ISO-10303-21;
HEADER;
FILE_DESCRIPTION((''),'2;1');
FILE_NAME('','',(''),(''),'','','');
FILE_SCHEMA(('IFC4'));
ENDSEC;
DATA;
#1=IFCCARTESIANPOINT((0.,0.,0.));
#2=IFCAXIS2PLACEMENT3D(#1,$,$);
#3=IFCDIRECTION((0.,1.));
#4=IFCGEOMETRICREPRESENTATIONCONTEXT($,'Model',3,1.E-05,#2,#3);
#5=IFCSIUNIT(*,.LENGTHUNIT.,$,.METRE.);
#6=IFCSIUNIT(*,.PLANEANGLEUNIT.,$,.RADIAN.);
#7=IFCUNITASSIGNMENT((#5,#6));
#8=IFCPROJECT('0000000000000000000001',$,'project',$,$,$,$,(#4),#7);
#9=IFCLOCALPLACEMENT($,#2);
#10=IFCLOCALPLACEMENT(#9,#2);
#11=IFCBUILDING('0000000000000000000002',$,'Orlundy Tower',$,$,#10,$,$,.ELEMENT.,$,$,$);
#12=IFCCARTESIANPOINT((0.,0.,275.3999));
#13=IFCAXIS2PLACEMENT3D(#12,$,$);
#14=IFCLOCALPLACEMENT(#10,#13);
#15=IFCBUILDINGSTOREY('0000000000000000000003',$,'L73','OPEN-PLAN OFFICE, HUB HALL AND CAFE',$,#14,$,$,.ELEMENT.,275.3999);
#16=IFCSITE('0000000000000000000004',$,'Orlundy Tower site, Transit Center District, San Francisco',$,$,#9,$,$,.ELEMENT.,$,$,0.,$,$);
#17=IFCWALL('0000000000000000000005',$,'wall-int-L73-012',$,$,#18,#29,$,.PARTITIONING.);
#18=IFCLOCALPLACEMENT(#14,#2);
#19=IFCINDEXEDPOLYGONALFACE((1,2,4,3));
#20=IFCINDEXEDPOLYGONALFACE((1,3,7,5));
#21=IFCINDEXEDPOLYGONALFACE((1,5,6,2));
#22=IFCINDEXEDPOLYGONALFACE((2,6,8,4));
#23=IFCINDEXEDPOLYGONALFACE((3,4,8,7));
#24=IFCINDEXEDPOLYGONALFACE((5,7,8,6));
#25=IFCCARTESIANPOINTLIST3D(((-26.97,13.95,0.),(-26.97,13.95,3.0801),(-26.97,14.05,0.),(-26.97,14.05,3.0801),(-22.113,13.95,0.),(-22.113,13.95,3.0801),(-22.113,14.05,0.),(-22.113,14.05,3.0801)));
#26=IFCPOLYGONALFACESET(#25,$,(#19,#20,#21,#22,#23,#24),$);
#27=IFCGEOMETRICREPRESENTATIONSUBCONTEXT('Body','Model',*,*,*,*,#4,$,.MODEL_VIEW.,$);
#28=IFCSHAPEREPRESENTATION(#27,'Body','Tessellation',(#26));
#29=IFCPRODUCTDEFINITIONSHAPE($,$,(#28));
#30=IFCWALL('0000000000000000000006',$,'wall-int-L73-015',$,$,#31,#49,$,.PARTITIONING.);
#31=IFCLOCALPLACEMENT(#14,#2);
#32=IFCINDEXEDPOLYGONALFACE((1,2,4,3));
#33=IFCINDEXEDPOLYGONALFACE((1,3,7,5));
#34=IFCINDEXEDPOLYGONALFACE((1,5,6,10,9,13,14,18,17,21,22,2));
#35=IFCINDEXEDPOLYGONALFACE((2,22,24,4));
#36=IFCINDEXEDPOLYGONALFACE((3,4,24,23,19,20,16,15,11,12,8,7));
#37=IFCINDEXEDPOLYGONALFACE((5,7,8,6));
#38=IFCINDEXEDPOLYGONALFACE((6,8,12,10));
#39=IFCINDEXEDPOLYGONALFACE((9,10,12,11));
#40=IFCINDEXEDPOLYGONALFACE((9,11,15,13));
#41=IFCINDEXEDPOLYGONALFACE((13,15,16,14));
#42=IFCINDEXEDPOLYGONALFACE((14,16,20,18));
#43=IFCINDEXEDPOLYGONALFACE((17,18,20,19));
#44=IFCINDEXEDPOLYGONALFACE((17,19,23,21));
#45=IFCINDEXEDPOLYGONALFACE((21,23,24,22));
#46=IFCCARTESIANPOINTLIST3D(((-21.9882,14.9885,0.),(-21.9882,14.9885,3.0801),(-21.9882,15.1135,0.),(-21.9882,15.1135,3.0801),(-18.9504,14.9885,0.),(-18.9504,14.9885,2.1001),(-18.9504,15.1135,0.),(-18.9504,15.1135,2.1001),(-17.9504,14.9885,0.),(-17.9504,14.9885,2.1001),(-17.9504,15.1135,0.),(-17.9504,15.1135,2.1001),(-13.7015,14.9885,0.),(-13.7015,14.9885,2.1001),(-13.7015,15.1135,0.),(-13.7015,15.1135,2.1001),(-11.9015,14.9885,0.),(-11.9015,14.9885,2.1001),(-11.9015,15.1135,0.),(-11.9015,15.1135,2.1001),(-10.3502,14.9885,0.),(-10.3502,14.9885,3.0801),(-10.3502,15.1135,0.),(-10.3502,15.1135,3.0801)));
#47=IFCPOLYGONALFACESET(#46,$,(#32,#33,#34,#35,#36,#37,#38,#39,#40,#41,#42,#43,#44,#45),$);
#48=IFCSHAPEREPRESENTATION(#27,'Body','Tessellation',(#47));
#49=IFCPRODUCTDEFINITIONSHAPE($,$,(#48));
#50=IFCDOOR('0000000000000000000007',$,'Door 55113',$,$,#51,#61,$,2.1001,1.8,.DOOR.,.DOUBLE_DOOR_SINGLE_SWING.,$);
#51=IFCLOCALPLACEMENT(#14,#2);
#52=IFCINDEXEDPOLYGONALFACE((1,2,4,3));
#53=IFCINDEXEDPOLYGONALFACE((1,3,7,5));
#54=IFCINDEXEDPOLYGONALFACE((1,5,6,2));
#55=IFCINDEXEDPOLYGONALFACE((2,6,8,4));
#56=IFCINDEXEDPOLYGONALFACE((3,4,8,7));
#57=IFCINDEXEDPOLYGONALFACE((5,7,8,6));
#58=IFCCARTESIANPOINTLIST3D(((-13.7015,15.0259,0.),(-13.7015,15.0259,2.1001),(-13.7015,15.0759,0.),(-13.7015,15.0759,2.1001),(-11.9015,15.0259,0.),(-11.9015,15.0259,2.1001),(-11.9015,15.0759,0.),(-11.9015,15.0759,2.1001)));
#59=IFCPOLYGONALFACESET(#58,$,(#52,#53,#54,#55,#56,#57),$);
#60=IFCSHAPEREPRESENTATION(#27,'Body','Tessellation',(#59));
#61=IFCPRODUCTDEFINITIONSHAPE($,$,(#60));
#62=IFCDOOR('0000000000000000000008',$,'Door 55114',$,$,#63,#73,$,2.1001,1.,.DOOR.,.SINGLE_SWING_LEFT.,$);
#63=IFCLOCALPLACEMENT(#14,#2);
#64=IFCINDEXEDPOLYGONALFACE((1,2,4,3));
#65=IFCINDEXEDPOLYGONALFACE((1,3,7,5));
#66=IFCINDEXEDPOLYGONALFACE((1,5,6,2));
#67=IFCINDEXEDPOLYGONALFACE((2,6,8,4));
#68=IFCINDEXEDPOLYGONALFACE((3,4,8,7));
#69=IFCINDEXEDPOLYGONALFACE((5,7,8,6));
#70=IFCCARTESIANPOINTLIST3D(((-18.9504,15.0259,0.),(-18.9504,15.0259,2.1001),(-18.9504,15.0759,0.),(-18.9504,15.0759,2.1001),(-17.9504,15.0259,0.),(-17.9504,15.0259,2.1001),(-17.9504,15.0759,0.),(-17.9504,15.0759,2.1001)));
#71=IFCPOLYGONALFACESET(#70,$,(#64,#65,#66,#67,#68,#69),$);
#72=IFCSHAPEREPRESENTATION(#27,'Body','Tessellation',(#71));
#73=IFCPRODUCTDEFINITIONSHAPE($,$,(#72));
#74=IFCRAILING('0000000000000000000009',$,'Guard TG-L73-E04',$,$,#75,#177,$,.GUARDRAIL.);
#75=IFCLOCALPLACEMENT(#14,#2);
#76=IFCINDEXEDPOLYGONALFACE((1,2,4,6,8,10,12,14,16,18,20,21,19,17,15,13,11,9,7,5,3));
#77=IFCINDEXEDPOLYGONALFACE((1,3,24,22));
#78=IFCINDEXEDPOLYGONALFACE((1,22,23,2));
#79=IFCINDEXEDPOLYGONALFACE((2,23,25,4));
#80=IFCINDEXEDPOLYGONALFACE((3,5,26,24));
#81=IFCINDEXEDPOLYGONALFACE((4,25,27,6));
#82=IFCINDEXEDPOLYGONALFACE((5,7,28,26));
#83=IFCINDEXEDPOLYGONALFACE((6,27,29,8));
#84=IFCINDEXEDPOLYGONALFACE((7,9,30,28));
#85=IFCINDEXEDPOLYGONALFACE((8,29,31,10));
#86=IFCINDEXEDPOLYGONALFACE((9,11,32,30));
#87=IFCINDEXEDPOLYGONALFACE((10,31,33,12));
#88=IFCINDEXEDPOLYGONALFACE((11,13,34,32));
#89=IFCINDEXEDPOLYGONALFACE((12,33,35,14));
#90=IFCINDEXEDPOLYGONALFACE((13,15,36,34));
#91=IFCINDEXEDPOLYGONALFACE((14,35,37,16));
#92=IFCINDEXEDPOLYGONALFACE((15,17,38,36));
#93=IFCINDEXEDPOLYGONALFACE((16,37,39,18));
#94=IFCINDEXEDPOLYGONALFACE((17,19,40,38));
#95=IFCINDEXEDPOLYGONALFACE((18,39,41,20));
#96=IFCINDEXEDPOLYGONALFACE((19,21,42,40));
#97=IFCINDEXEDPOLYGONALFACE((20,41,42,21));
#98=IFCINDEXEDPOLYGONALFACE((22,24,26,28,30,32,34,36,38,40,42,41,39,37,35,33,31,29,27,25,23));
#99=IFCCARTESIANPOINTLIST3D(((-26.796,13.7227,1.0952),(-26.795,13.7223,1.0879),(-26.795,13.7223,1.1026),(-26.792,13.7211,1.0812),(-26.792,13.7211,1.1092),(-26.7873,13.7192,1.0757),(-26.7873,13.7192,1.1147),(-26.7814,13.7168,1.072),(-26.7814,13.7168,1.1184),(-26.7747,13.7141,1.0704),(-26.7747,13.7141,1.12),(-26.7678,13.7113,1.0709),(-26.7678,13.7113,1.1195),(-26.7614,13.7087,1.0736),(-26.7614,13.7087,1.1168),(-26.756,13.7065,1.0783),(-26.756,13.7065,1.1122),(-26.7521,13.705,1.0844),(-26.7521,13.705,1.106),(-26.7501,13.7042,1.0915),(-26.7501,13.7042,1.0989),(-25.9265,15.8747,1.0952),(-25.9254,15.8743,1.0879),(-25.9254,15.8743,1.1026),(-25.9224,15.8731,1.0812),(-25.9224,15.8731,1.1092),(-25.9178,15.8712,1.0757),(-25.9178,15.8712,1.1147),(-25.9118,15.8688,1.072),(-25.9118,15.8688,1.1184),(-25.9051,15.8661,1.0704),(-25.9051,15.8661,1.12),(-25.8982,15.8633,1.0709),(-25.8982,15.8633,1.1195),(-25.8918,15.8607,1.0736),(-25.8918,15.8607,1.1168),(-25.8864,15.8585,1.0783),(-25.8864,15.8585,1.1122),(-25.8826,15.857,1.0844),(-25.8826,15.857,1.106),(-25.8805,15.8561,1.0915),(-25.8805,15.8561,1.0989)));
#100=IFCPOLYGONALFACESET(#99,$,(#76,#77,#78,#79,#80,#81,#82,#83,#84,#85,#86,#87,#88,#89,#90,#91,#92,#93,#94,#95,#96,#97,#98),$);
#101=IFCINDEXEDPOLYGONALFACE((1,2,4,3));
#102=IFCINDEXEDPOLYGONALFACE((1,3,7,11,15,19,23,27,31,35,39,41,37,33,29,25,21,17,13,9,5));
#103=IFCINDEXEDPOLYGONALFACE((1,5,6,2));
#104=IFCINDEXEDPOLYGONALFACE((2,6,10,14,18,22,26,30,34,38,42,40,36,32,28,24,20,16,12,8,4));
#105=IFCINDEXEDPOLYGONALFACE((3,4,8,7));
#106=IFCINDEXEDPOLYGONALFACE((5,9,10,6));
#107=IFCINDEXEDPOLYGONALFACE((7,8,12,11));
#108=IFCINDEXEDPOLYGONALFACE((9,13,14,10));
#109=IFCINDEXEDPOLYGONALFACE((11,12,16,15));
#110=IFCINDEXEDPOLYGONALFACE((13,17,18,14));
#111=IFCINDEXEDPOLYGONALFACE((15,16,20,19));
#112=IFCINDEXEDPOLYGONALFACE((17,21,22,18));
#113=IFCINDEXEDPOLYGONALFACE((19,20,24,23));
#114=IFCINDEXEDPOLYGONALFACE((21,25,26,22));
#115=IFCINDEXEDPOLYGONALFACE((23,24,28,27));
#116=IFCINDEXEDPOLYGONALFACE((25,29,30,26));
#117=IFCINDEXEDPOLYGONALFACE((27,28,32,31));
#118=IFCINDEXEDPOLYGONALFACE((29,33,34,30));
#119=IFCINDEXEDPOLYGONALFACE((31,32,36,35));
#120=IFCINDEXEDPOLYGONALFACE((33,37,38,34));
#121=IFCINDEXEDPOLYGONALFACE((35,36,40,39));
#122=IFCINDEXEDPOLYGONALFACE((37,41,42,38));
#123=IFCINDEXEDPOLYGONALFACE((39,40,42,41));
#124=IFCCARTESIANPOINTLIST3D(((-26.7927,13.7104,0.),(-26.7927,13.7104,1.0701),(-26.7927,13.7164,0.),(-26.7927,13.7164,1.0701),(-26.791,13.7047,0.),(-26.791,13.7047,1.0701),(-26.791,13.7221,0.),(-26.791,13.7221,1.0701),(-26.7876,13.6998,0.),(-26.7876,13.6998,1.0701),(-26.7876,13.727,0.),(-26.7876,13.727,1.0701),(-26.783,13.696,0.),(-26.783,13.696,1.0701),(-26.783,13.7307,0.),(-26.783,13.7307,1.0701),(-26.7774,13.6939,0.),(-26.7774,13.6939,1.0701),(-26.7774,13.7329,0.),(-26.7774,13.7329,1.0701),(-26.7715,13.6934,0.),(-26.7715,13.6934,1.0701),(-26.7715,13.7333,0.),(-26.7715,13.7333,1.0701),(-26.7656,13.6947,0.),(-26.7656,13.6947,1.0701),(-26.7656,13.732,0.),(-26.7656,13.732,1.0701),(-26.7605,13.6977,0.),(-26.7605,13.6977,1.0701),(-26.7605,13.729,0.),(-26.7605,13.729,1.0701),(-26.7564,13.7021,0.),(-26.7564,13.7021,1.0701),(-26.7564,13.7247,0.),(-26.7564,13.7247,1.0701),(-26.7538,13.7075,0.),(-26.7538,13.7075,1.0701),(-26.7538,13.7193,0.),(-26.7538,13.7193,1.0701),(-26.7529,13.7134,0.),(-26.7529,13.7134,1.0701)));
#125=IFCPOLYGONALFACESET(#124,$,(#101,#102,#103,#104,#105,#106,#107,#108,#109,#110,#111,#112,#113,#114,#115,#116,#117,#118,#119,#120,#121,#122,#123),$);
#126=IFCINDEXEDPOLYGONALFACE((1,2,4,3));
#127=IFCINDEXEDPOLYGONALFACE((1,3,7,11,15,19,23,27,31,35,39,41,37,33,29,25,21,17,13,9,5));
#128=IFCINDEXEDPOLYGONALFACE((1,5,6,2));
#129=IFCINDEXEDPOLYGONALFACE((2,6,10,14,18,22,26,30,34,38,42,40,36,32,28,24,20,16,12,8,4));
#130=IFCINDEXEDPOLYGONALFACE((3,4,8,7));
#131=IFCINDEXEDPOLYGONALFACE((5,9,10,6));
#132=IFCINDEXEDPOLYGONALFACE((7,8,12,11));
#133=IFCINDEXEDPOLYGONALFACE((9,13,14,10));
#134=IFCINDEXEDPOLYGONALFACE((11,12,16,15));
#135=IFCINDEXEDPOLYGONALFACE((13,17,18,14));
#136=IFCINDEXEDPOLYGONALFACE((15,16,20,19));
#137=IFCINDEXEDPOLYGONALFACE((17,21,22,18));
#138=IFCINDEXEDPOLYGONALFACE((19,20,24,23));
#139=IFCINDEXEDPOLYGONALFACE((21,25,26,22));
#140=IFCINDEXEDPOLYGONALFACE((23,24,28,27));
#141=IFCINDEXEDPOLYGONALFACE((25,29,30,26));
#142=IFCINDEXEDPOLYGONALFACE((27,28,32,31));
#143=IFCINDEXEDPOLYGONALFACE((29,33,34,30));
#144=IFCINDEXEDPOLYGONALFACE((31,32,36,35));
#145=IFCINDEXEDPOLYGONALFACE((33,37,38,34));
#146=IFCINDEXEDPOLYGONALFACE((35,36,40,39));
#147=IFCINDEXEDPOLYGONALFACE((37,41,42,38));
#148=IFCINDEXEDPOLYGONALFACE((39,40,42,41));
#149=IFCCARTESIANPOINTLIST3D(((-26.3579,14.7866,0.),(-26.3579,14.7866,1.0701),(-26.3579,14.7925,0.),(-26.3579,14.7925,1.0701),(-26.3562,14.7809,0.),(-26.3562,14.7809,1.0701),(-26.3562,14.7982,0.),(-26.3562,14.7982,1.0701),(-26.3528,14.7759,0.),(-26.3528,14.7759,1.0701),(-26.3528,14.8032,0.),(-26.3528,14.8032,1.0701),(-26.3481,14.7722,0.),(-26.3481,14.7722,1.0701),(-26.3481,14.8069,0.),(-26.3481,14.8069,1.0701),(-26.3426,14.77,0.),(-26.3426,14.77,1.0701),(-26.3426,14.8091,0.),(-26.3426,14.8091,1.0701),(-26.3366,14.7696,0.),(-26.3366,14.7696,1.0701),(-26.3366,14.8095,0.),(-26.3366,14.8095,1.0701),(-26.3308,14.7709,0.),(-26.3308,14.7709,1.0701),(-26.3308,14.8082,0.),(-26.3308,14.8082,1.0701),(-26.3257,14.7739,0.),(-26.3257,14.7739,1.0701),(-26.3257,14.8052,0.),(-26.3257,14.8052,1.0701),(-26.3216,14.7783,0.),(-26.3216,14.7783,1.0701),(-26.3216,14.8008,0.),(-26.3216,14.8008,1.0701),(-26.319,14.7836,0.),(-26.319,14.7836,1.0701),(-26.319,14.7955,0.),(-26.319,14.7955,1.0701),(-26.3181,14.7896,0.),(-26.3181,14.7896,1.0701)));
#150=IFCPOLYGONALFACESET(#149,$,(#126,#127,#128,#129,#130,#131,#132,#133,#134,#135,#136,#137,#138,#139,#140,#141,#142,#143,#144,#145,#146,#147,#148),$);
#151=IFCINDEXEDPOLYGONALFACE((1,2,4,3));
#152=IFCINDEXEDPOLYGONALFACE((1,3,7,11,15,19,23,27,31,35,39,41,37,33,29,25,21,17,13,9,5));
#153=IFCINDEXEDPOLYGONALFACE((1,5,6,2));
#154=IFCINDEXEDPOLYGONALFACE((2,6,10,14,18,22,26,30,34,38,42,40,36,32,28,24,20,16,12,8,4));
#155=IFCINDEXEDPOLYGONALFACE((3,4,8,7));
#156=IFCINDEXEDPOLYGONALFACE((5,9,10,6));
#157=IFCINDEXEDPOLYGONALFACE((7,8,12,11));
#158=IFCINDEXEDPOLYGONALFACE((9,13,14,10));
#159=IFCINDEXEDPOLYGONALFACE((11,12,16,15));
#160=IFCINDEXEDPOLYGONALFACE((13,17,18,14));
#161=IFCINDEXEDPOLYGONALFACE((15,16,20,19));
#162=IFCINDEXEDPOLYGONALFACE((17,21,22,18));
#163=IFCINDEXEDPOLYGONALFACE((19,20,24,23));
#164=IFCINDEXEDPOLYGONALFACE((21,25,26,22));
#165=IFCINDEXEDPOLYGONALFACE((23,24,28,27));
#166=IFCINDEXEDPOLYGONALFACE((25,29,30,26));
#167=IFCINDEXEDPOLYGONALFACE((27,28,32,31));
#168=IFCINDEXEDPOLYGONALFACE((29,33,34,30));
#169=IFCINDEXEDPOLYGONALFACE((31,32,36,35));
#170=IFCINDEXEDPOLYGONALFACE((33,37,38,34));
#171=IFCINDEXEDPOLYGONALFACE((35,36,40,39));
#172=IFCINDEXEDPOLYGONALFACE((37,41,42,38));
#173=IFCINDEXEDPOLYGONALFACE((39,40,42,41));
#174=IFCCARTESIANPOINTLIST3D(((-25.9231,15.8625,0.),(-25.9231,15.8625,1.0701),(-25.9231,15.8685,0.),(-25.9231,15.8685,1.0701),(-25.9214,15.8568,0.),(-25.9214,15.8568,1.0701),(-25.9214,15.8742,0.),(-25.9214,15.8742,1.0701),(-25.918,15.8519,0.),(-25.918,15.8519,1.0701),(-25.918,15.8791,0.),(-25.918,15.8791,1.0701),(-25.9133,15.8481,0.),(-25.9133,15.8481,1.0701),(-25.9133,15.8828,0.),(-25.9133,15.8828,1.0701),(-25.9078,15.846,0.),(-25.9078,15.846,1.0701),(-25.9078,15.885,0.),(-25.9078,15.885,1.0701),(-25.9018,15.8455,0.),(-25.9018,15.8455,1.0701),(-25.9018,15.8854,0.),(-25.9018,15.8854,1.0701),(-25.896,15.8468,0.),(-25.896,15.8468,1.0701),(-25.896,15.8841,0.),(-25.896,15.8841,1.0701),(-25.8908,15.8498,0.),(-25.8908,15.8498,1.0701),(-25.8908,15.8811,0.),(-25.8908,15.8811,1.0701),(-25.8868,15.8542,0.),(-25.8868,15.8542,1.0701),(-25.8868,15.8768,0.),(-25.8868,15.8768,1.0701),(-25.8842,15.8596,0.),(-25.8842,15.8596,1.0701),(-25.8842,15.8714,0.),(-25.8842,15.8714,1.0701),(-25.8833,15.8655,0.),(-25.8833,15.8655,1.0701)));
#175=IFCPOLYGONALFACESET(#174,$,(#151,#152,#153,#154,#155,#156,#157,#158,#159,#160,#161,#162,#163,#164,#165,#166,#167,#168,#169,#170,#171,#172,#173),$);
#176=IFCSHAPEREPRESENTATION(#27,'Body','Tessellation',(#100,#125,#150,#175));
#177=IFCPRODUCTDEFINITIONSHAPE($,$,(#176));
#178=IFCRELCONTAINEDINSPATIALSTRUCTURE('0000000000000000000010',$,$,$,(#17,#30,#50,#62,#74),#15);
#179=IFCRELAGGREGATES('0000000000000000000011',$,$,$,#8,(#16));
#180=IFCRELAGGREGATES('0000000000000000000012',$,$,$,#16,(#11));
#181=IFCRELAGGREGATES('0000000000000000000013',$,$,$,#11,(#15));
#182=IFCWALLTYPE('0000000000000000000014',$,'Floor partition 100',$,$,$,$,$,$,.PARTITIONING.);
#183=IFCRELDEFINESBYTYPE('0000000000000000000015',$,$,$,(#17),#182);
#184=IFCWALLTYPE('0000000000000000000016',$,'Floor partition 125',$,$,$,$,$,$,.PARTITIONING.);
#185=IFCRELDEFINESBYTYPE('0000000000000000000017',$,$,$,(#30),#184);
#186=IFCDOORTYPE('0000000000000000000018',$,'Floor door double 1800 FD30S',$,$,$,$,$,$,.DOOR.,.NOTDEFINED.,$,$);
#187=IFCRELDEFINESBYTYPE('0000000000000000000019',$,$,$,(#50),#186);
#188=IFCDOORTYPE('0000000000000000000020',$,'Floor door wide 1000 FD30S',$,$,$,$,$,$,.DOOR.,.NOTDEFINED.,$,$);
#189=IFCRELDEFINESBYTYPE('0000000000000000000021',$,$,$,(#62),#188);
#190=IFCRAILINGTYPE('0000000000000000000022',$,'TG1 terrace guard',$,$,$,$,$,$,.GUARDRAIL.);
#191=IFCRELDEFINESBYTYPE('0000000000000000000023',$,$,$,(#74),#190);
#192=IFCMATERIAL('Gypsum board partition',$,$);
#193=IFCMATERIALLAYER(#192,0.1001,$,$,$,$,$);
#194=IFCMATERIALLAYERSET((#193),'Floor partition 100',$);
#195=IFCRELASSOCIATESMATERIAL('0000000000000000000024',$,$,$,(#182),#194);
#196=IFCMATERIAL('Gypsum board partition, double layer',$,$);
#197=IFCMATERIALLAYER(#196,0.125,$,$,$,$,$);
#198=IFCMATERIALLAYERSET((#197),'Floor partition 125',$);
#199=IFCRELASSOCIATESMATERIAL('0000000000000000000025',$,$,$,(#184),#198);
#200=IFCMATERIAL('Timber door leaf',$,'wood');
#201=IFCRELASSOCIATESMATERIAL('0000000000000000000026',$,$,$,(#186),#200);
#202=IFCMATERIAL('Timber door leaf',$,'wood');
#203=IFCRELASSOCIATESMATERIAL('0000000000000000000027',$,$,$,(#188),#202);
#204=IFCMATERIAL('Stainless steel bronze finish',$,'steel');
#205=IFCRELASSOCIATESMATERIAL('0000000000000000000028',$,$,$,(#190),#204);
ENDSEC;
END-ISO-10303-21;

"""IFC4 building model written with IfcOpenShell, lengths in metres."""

from ifc_helpers import new_model, si_unit, direction, frame, frame_2d, origin, origin_2d, place, context, subcontext, project, spatial, rectangle, circle, extrude, material, layer, layer_set, type_object, element, fill, save


model = new_model("IFC4")

# Units and contexts
model_context = context("Model", 3, precision=1e-05, world=origin(), true_north=direction((0.0, 1.0)))
body_context = subcontext(model_context, "Body", "Model", "MODEL_VIEW")
ifc_project = project(units=[si_unit("LENGTHUNIT", "METRE"), si_unit("PLANEANGLEUNIT", "RADIAN")], contexts=[model_context])

# Site, building, storey
site_placement = place(None, origin())
site = spatial("IfcSite", under=ifc_project, at=site_placement, Name="Orlundy Tower site, Transit Center District, San Francisco", CompositionType="ELEMENT", RefElevation=0.0)
building_placement = place(site_placement, origin())
building = spatial("IfcBuilding", under=site, at=building_placement, Name="Orlundy Tower", CompositionType="ELEMENT")
storey_placement = place(building_placement, frame((0.0, 0.0, 275.3999)))
storey = spatial("IfcBuildingStorey", under=building, at=storey_placement, Name="L73", Description="OPEN-PLAN OFFICE, HUB HALL AND CAFE", CompositionType="ELEMENT", Elevation=275.3999)

# Wall
ifc_material_1 = material(Name="Gypsum board partition")
ifc_layer_1 = layer(ifc_material_1, 0.1001)
ifc_layer_set_1 = layer_set([ifc_layer_1], Name="Floor partition 100")
wall_type_1 = type_object("IfcWallType", Name="Floor partition 100", PredefinedType="PARTITIONING", material=ifc_layer_set_1)
wall_1_placement = place(storey_placement, frame((-26.97, 14.0, 0.0), z_axis=(0.0, 0.0, 1.0), x_axis=(1.0, 0.0, 0.0)))
element("IfcWall", 1, at=wall_1_placement, inside=storey, type_object=wall_type_1, Name="wall-int-L73-012", PredefinedType="PARTITIONING", context=body_context, shape_type="SweptSolid", body=[
    extrude(rectangle(XDim=4.8569, YDim=0.1001, at=frame_2d((2.4285, 0.0))), origin(), (0.0, 0.0, 1.0), 3.0801),
])

# Wall, openings, doors
ifc_material_2 = material(Name="Gypsum board partition, double layer")
ifc_layer_2 = layer(ifc_material_2, 0.125)
ifc_layer_set_2 = layer_set([ifc_layer_2], Name="Floor partition 125")
wall_type_2 = type_object("IfcWallType", Name="Floor partition 125", PredefinedType="PARTITIONING", material=ifc_layer_set_2)
wall_2_placement = place(storey_placement, frame((-21.988, 15.051, 0.0), z_axis=(0.0, 0.0, 1.0), x_axis=(1.0, 0.0, 0.0)))
wall_2 = element("IfcWall", 2, at=wall_2_placement, inside=storey, type_object=wall_type_2, Name="wall-int-L73-015", PredefinedType="PARTITIONING", context=body_context, shape_type="SweptSolid", body=[
    extrude(rectangle(XDim=11.6379, YDim=0.125, at=frame_2d((5.8188, 0.0))), origin(), (0.0, 0.0, 1.0), 3.0801),
])
opening_1_placement = place(wall_2_placement, frame((8.2866, 0.0, 0.0)))
opening_1 = element("IfcOpeningElement", 3, at=opening_1_placement, cuts=wall_2, PredefinedType="OPENING", context=body_context, shape_type="SweptSolid", body=[
    extrude(rectangle(XDim=1.8, YDim=2.1001, at=frame_2d((0.8999, 1.05))), frame((0.0, 0.0725, 0.0), z_axis=(0.0, -1.0, 0.0), x_axis=(1.0, 0.0, 0.0)), (0.0, 0.0, 1.0), 0.145),
])
opening_2_placement = place(wall_2_placement, frame((3.0376, 0.0, 0.0)))
opening_2 = element("IfcOpeningElement", 4, at=opening_2_placement, cuts=wall_2, PredefinedType="OPENING", context=body_context, shape_type="SweptSolid", body=[
    extrude(rectangle(XDim=1.0, YDim=2.1001, at=frame_2d((0.5, 1.05))), frame((0.0, 0.0725, 0.0), z_axis=(0.0, -1.0, 0.0), x_axis=(1.0, 0.0, 0.0)), (0.0, 0.0, 1.0), 0.145),
])
ifc_material_3 = material(Name="Timber door leaf", Category="wood")
door_type_1 = type_object("IfcDoorType", Name="Floor door double 1800 FD30S", OperationType="NOTDEFINED", PredefinedType="DOOR", material=ifc_material_3)
door_1_placement = place(opening_1_placement, origin())
door_1 = element("IfcDoor", 5, at=door_1_placement, inside=storey, type_object=door_type_1, Name="Door 55113", OperationType="DOUBLE_DOOR_SINGLE_SWING", OverallHeight=2.1001, OverallWidth=1.8, PredefinedType="DOOR", context=body_context, shape_type="SweptSolid", body=[
    extrude(rectangle(XDim=1.8, YDim=2.1001, at=frame_2d((0.8999, 1.05))), frame((0.0, 0.0249, 0.0), z_axis=(0.0, -1.0, 0.0), x_axis=(1.0, 0.0, 0.0)), (0.0, 0.0, 1.0), 0.05),
])
fill(opening_1, door_1)
ifc_material_4 = material(Name="Timber door leaf", Category="wood")
door_type_2 = type_object("IfcDoorType", Name="Floor door wide 1000 FD30S", OperationType="NOTDEFINED", PredefinedType="DOOR", material=ifc_material_4)
door_2_placement = place(opening_2_placement, origin())
door_2 = element("IfcDoor", 6, at=door_2_placement, inside=storey, type_object=door_type_2, Name="Door 55114", OperationType="SINGLE_SWING_LEFT", OverallHeight=2.1001, OverallWidth=1.0, PredefinedType="DOOR", context=body_context, shape_type="SweptSolid", body=[
    extrude(rectangle(XDim=1.0, YDim=2.1001, at=frame_2d((0.5, 1.05))), frame((0.0, 0.0249, 0.0), z_axis=(0.0, -1.0, 0.0), x_axis=(1.0, 0.0, 0.0)), (0.0, 0.0, 1.0), 0.05),
])
fill(opening_2, door_2)

# Railing
ifc_material_5 = material(Name="Stainless steel bronze finish", Category="steel")
railing_type = type_object("IfcRailingType", Name="TG1 terrace guard", PredefinedType="GUARDRAIL", material=ifc_material_5)
railing_1_placement = place(storey_placement, frame((-26.7729, 13.7134, 0.0)))
element("IfcRailing", 7, at=railing_1_placement, inside=storey, type_object=railing_type, Name="Guard TG-L73-E04", PredefinedType="GUARDRAIL", context=body_context, shape_type="SweptSolid", body=[
    extrude(circle(Radius=0.0249, at=origin_2d()), frame((0.0, 0.0, 1.0952), z_axis=(0.374653, 0.927165, 0.0), x_axis=(-0.927165, 0.374653, 0.0)), (0.0, 0.0, 1.0), 2.321),
    extrude(circle(Radius=0.02, at=origin_2d()), origin(), (0.0, 0.0, 1.0), 1.0701),
    extrude(circle(Radius=0.02, at=origin_2d()), frame((0.4348, 1.0762, 0.0)), (0.0, 0.0, 1.0), 1.0701),
    extrude(circle(Radius=0.02, at=origin_2d()), frame((0.8696, 2.1521, 0.0)), (0.0, 0.0, 1.0), 1.0701),
])

save(model, "model.ifc")
